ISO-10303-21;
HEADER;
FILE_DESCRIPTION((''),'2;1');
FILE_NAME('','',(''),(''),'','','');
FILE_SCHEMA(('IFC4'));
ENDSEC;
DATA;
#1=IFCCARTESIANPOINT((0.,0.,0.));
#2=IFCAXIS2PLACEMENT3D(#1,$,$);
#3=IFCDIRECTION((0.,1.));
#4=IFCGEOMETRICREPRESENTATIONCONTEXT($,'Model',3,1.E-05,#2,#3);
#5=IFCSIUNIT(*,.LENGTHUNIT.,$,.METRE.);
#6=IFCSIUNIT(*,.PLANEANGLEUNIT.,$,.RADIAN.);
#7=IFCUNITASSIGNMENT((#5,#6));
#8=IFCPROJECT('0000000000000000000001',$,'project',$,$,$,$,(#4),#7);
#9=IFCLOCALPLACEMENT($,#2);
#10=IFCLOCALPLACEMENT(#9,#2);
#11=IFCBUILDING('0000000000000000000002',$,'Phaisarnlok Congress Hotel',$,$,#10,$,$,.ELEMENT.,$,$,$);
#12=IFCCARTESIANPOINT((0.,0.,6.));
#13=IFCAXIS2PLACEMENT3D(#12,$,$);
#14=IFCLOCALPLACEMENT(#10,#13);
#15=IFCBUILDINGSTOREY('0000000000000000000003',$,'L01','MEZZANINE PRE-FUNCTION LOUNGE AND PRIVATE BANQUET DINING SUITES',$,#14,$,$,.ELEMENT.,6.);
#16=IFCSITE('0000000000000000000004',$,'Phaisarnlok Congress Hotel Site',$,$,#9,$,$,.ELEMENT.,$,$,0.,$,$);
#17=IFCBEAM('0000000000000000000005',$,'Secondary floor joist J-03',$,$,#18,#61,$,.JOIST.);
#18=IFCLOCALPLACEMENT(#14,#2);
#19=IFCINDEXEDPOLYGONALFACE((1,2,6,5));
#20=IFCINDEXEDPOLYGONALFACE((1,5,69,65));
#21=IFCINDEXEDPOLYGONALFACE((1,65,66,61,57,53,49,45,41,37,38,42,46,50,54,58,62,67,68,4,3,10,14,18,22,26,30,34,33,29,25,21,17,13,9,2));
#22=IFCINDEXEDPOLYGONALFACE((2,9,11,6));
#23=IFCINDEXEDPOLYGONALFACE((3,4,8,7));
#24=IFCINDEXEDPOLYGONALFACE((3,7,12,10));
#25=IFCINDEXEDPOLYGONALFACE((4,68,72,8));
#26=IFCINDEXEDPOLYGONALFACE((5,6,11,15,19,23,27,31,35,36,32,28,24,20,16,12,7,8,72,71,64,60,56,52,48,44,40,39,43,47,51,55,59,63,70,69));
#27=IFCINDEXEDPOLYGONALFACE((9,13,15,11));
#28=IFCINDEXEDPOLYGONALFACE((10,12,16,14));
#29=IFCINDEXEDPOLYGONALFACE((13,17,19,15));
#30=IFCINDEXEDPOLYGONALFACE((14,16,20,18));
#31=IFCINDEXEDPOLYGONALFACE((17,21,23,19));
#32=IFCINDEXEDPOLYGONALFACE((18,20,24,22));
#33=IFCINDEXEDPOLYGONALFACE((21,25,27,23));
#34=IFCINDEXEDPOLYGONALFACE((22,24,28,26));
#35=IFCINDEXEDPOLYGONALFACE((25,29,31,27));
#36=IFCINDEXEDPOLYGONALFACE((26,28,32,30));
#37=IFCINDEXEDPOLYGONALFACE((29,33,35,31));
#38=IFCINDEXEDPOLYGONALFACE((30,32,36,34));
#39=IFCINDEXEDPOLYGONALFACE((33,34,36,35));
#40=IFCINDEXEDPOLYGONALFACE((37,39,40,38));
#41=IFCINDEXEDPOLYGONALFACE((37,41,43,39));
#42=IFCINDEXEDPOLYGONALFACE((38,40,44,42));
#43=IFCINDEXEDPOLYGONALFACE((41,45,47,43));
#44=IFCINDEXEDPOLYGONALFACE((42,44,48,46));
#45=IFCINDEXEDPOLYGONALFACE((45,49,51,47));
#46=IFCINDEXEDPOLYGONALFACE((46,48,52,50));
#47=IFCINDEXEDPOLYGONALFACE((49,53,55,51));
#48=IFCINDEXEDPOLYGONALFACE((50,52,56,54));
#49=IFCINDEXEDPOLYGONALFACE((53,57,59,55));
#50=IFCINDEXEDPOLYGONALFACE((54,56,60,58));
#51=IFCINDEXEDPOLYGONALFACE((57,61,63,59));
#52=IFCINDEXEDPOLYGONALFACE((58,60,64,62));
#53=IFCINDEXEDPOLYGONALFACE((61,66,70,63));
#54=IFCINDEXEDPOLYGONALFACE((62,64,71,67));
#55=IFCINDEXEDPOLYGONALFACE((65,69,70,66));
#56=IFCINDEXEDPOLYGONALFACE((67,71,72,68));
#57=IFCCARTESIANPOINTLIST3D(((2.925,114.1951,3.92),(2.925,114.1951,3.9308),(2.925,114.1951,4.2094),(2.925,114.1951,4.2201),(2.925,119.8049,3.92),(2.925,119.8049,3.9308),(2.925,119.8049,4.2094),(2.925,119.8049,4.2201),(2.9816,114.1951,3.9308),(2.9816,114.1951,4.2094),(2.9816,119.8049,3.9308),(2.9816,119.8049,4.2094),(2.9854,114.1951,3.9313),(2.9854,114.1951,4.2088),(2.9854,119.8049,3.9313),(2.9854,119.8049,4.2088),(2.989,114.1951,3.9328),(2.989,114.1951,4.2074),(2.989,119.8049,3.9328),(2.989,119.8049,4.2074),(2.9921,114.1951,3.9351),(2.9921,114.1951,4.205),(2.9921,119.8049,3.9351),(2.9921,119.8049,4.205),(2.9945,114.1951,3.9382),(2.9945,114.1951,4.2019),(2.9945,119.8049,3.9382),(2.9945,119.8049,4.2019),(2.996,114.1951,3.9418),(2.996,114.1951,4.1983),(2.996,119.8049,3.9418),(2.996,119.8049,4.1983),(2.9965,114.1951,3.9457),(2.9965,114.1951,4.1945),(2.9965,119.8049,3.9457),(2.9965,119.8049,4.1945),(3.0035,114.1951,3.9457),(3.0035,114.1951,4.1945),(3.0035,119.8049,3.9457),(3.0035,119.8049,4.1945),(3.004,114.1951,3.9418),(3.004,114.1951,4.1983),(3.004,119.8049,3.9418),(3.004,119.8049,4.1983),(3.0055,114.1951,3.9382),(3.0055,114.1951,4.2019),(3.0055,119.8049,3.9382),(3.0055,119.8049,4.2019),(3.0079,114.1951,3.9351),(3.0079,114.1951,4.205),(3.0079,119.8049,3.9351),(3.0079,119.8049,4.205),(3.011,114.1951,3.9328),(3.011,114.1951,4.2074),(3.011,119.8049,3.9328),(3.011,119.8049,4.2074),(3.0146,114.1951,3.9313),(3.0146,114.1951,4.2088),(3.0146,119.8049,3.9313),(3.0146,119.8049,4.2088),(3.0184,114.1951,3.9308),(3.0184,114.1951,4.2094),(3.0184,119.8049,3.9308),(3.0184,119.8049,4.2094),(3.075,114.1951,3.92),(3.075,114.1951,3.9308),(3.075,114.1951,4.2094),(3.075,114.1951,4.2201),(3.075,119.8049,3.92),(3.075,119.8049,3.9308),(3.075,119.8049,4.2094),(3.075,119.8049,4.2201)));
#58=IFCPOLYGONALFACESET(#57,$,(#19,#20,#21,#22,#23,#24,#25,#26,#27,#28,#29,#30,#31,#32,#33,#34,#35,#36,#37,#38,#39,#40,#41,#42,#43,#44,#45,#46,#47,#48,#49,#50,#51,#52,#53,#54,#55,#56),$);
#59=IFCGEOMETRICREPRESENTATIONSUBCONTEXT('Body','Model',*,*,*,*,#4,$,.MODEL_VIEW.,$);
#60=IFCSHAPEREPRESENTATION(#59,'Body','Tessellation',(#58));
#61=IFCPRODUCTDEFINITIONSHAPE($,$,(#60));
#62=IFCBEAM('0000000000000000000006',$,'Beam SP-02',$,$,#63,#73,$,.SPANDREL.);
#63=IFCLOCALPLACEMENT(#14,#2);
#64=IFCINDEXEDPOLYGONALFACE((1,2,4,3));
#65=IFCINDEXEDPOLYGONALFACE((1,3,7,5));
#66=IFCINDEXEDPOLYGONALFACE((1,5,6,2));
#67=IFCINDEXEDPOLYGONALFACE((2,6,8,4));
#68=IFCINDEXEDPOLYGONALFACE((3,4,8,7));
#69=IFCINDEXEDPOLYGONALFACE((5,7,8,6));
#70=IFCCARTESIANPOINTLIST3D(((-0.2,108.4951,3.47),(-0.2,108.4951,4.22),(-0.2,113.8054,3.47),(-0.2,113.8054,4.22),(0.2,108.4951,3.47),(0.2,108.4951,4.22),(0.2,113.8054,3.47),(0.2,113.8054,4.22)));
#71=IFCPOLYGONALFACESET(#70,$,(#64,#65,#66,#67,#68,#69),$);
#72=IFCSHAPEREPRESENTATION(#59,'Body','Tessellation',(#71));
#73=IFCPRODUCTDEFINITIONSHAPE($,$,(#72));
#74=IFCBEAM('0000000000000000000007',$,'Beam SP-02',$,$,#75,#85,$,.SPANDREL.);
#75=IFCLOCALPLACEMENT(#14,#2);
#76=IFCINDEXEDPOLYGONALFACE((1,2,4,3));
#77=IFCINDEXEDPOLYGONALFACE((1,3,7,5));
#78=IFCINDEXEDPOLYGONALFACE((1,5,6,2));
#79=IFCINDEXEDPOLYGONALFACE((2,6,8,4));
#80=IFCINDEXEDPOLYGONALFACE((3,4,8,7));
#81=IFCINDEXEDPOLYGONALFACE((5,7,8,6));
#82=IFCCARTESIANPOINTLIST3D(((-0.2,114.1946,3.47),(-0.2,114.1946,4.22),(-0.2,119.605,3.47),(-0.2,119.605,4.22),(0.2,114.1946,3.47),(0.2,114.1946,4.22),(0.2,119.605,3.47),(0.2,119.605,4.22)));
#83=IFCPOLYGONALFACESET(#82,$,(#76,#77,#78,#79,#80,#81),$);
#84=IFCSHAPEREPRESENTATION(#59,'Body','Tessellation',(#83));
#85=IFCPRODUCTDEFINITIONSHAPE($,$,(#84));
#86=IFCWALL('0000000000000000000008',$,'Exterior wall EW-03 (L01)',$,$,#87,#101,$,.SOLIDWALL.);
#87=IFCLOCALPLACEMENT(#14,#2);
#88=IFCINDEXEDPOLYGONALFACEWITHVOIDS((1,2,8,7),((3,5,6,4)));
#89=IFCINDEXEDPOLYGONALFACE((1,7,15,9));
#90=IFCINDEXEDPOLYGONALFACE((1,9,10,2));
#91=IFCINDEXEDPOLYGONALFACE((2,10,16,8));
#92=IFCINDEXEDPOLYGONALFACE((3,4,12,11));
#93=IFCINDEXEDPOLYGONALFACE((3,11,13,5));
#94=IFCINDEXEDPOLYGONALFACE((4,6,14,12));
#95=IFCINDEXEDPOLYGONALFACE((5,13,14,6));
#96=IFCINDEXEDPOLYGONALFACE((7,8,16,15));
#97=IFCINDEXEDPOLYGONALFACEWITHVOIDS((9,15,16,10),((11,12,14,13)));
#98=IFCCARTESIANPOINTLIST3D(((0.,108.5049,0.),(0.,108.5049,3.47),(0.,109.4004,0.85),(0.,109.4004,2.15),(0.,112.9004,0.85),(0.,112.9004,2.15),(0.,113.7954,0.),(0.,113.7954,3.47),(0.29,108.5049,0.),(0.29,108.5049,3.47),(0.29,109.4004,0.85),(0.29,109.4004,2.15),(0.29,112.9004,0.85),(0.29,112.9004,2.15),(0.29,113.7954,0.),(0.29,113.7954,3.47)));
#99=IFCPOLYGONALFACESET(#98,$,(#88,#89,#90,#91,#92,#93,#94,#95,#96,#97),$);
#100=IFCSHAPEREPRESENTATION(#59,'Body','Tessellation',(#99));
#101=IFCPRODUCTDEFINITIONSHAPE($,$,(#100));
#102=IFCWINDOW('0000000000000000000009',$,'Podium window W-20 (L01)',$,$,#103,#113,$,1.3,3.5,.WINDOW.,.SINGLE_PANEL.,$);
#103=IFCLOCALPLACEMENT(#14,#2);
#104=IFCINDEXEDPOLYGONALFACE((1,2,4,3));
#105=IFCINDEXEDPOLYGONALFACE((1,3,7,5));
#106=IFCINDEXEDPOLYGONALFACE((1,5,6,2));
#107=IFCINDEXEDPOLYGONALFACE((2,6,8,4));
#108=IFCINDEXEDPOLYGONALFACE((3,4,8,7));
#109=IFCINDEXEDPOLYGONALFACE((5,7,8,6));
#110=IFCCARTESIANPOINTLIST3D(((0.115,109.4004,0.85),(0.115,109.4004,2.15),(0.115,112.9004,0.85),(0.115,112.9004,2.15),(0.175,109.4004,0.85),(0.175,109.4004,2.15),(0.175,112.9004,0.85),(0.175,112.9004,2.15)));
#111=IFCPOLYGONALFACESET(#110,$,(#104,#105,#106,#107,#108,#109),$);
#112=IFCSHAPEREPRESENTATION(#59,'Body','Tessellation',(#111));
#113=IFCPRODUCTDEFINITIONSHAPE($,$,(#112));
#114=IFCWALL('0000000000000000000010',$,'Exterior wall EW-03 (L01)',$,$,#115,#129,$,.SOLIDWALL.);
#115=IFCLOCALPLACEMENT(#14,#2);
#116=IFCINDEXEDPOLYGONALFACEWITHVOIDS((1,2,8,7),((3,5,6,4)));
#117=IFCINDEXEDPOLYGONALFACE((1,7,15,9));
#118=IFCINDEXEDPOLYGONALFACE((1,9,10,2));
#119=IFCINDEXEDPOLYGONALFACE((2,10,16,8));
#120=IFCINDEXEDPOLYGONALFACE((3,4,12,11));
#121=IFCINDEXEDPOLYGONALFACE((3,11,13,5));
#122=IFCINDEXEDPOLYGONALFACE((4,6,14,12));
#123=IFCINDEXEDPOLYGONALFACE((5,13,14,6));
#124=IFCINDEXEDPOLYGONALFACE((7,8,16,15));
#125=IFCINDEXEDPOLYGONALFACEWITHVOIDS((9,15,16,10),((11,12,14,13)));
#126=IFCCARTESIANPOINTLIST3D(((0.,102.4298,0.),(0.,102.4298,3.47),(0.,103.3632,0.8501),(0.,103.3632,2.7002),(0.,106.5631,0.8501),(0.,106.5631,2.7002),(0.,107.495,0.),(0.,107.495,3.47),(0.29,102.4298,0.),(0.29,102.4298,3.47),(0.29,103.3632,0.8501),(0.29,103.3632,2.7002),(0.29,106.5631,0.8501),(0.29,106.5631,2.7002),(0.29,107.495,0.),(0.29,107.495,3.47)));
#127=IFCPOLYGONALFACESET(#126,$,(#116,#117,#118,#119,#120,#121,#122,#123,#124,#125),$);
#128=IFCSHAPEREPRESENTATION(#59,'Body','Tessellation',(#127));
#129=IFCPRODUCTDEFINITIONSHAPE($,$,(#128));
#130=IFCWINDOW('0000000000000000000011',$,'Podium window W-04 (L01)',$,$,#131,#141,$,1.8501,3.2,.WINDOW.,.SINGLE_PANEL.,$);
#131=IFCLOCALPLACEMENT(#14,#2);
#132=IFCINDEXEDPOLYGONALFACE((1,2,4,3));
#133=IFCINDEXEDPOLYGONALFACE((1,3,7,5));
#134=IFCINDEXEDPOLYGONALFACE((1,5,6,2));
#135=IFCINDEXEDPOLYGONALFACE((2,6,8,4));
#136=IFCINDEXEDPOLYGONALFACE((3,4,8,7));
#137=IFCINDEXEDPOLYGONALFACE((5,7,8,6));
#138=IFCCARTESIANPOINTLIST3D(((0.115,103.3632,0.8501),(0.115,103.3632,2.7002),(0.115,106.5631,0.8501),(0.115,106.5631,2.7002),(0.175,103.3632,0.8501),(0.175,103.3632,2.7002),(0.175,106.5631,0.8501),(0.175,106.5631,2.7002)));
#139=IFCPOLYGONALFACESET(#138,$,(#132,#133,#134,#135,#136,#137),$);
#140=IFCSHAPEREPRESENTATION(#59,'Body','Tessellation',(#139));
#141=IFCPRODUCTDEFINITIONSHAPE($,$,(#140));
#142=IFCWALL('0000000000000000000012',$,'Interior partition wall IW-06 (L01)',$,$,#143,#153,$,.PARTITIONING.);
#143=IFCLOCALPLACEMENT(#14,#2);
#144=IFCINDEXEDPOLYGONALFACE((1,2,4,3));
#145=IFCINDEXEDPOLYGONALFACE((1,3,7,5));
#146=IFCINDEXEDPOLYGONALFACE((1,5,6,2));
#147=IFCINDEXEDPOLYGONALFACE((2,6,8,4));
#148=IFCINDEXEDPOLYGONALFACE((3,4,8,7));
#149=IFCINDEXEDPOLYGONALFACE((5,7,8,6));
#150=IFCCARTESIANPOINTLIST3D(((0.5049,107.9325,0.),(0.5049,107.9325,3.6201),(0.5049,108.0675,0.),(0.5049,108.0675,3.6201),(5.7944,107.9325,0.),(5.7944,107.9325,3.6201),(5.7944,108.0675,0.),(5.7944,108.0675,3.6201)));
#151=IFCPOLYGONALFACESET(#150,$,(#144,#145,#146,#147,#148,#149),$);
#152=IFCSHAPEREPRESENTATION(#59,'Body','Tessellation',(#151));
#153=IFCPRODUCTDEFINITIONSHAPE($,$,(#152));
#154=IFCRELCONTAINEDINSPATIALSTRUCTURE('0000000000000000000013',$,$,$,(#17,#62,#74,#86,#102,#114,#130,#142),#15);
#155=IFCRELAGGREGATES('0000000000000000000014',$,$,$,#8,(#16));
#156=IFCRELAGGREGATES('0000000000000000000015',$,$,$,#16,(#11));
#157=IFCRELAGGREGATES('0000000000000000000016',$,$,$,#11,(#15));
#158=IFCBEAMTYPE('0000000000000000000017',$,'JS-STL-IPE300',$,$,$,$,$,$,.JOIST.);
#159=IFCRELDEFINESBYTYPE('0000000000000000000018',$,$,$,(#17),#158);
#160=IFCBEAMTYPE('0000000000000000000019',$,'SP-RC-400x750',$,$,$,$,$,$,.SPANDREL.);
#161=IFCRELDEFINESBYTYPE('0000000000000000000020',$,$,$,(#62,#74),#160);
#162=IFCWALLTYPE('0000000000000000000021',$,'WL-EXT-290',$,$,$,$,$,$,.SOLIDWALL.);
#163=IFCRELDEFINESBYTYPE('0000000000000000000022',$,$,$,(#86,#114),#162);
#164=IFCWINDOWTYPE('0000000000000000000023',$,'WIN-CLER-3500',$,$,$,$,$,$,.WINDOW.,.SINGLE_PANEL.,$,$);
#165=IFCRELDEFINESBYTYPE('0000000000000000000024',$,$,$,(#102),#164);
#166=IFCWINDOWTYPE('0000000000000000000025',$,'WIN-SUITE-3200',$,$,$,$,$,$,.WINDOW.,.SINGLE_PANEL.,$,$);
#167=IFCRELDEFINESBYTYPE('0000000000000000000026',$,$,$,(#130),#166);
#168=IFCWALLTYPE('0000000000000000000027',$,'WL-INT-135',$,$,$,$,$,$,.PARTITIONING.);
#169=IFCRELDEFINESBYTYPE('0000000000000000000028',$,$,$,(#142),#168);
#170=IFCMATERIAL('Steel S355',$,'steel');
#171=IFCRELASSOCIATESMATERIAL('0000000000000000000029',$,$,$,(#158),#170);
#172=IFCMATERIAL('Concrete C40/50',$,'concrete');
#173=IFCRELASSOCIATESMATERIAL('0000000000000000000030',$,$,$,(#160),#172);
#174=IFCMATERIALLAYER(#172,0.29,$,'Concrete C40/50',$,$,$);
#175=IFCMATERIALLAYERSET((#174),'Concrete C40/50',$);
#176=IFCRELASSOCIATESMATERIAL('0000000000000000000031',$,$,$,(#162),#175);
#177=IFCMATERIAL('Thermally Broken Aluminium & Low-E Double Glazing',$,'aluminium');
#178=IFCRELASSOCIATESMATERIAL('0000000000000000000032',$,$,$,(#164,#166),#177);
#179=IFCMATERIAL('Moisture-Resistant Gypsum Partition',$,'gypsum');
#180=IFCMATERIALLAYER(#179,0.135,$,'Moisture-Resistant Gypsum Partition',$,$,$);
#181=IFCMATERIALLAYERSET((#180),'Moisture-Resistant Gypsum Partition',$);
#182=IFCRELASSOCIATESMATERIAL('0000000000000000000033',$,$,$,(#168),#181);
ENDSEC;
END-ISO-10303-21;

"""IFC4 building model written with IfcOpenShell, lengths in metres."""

from ifc_helpers import new_model, si_unit, direction, frame, frame_2d, origin, origin_2d, place, context, subcontext, project, spatial, rectangle, i_section, extrude, material, layer, layer_set, material_profile, profile_set, type_object, element, fill, save


model = new_model("IFC4")

# Units and contexts
model_context = context("Model", 3, precision=1e-05, world=origin(), true_north=direction((0.0, 1.0)))
body_context = subcontext(model_context, "Body", "Model", "MODEL_VIEW")
ifc_project = project(units=[si_unit("LENGTHUNIT", "METRE"), si_unit("PLANEANGLEUNIT", "RADIAN")], contexts=[model_context])

# Site, building, storey
site_placement = place(None, origin())
site = spatial("IfcSite", under=ifc_project, at=site_placement, Name="Phaisarnlok Congress Hotel Site", CompositionType="ELEMENT", RefElevation=0.0)
building_placement = place(site_placement, origin())
building = spatial("IfcBuilding", under=site, at=building_placement, Name="Phaisarnlok Congress Hotel", CompositionType="ELEMENT")
storey_placement = place(building_placement, frame((0.0, 0.0, 6.0)))
storey = spatial("IfcBuildingStorey", under=building, at=storey_placement, Name="L01", Description="MEZZANINE PRE-FUNCTION LOUNGE AND PRIVATE BANQUET DINING SUITES", CompositionType="ELEMENT", Elevation=6.0)

# Shared definitions
ifc_material_1 = material(Name="Steel S355", Category="steel")

# Beams
ifc_material_2 = material(Name="Concrete C40/50", Category="concrete")
ifc_material_profile_1 = material_profile(ifc_material_1, i_section(OverallWidth=0.1499, OverallDepth=0.3, WebThickness=0.0071, FlangeThickness=0.0107, FilletRadius=0.0149, at=origin_2d()), Name="IPE 300")
ifc_profile_set_1 = profile_set([ifc_material_profile_1], Name="Steel S355")
beam_type_1 = type_object("IfcBeamType", Name="JS-STL-IPE300", PredefinedType="JOIST", material=ifc_profile_set_1)
for number, where, z_axis, x_axis, name in (
    (1, (3.0, 114.1951, 4.0701), (0.0, 1.0, 0.0), (-1.0, 0.0, 0.0), "Secondary floor joist J-03"),
):
    element("IfcBeam", number, at=place(storey_placement, frame(where, z_axis=z_axis, x_axis=x_axis)), inside=storey, type_object=beam_type_1, Name=name, PredefinedType="JOIST", context=body_context, shape_type="SweptSolid", body=[
        extrude(i_section(OverallWidth=0.1499, OverallDepth=0.3, WebThickness=0.0071, FlangeThickness=0.0107, FilletRadius=0.0149, at=origin_2d()), origin(), (0.0, 0.0, 1.0), 5.6099),
    ])
ifc_material_profile_2 = material_profile(ifc_material_2, rectangle(XDim=0.3999, YDim=0.75, at=origin_2d()), Name="RC 400x750")
ifc_profile_set_2 = profile_set([ifc_material_profile_2], Name="Concrete C40/50")
beam_type_2 = type_object("IfcBeamType", Name="SP-RC-400x750", PredefinedType="SPANDREL", material=ifc_profile_set_2)
beam_1_placement = place(storey_placement, frame((0.0, 108.4951, 3.845), z_axis=(0.0, 1.0, 0.0), x_axis=(-1.0, 0.0, 0.0)))
element("IfcBeam", 2, at=beam_1_placement, inside=storey, type_object=beam_type_2, Name="Beam SP-02", PredefinedType="SPANDREL", context=body_context, shape_type="SweptSolid", body=[
    extrude(rectangle(XDim=0.3999, YDim=0.75, at=origin_2d()), origin(), (0.0, 0.0, 1.0), 5.3103),
])
beam_2_placement = place(storey_placement, frame((0.0, 114.1946, 3.845), z_axis=(0.0, 1.0, 0.0), x_axis=(-1.0, 0.0, 0.0)))
element("IfcBeam", 3, at=beam_2_placement, inside=storey, type_object=beam_type_2, Name="Beam SP-02", PredefinedType="SPANDREL", context=body_context, shape_type="SweptSolid", body=[
    extrude(rectangle(XDim=0.3999, YDim=0.75, at=origin_2d()), origin(), (0.0, 0.0, 1.0), 5.4104),
])

# Walls, openings, windows
ifc_layer_1 = layer(ifc_material_2, 0.29, Name="Concrete C40/50")
ifc_layer_set_1 = layer_set([ifc_layer_1], Name="Concrete C40/50")
wall_type_1 = type_object("IfcWallType", Name="WL-EXT-290", PredefinedType="SOLIDWALL", material=ifc_layer_set_1)
wall_1_placement = place(storey_placement, frame((0.145, 113.7954, 0.0), z_axis=(0.0, 0.0, 1.0), x_axis=(0.0, -1.0, 0.0)))
wall_1 = element("IfcWall", 4, at=wall_1_placement, inside=storey, type_object=wall_type_1, Name="Exterior wall EW-03 (L01)", PredefinedType="SOLIDWALL", context=body_context, shape_type="SweptSolid", body=[
    extrude(rectangle(XDim=5.2905, YDim=0.29, at=frame_2d((2.6453, 0.0))), origin(), (0.0, 0.0, 1.0), 3.47),
])
opening_1_placement = place(wall_1_placement, frame((0.895, 0.0, 0.8501)))
opening_1 = element("IfcOpeningElement", 5, at=opening_1_placement, cuts=wall_1, PredefinedType="OPENING", context=body_context, shape_type="SweptSolid", body=[
    extrude(rectangle(XDim=3.5, YDim=1.3, at=frame_2d((1.75, 0.6499))), frame((0.0, 0.155, 0.0), z_axis=(0.0, -1.0, 0.0), x_axis=(1.0, 0.0, 0.0)), (0.0, 0.0, 1.0), 0.3101),
])
ifc_material_3 = material(Name="Thermally Broken Aluminium & Low-E Double Glazing", Category="aluminium")
window_type_1 = type_object("IfcWindowType", Name="WIN-CLER-3500", PartitioningType="SINGLE_PANEL", PredefinedType="WINDOW", material=ifc_material_3)
window_1_placement = place(opening_1_placement, origin())
window_1 = element("IfcWindow", 6, at=window_1_placement, inside=storey, type_object=window_type_1, Name="Podium window W-20 (L01)", OverallHeight=1.3, OverallWidth=3.5, PartitioningType="SINGLE_PANEL", PredefinedType="WINDOW", context=body_context, shape_type="SweptSolid", body=[
    extrude(rectangle(XDim=3.5, YDim=1.3, at=frame_2d((1.75, 0.6499))), frame((0.0, 0.03, 0.0), z_axis=(0.0, -1.0, 0.0), x_axis=(1.0, 0.0, 0.0)), (0.0, 0.0, 1.0), 0.0601),
])
fill(opening_1, window_1)
wall_2_placement = place(storey_placement, frame((0.145, 107.4951, 0.0), z_axis=(0.0, 0.0, 1.0), x_axis=(0.0, -1.0, 0.0)))
wall_2 = element("IfcWall", 7, at=wall_2_placement, inside=storey, type_object=wall_type_1, Name="Exterior wall EW-03 (L01)", PredefinedType="SOLIDWALL", context=body_context, shape_type="SweptSolid", body=[
    extrude(rectangle(XDim=5.0652, YDim=0.29, at=frame_2d((2.5327, 0.0))), origin(), (0.0, 0.0, 1.0), 3.47),
])
opening_2_placement = place(wall_2_placement, frame((0.9319, 0.0, 0.8501)))
opening_2 = element("IfcOpeningElement", 8, at=opening_2_placement, cuts=wall_2, PredefinedType="OPENING", context=body_context, shape_type="SweptSolid", body=[
    extrude(rectangle(XDim=3.2, YDim=1.8501, at=frame_2d((1.6001, 0.925))), frame((0.0, 0.155, 0.0), z_axis=(0.0, -1.0, 0.0), x_axis=(1.0, 0.0, 0.0)), (0.0, 0.0, 1.0), 0.3101),
])
window_type_2 = type_object("IfcWindowType", Name="WIN-SUITE-3200", PartitioningType="SINGLE_PANEL", PredefinedType="WINDOW", material=ifc_material_3)
window_2_placement = place(opening_2_placement, origin())
window_2 = element("IfcWindow", 9, at=window_2_placement, inside=storey, type_object=window_type_2, Name="Podium window W-04 (L01)", OverallHeight=1.8501, OverallWidth=3.2, PartitioningType="SINGLE_PANEL", PredefinedType="WINDOW", context=body_context, shape_type="SweptSolid", body=[
    extrude(rectangle(XDim=3.2, YDim=1.8501, at=frame_2d((1.6001, 0.925))), frame((0.0, 0.03, 0.0), z_axis=(0.0, -1.0, 0.0), x_axis=(1.0, 0.0, 0.0)), (0.0, 0.0, 1.0), 0.0601),
])
fill(opening_2, window_2)

# Wall
ifc_material_4 = material(Name="Moisture-Resistant Gypsum Partition", Category="gypsum")
ifc_layer_2 = layer(ifc_material_4, 0.135, Name="Moisture-Resistant Gypsum Partition")
ifc_layer_set_2 = layer_set([ifc_layer_2], Name="Moisture-Resistant Gypsum Partition")
wall_type_2 = type_object("IfcWallType", Name="WL-INT-135", PredefinedType="PARTITIONING", material=ifc_layer_set_2)
wall_3_placement = place(storey_placement, frame((0.5049, 108.0, 0.0), z_axis=(0.0, 0.0, 1.0), x_axis=(1.0, 0.0, 0.0)))
element("IfcWall", 10, at=wall_3_placement, inside=storey, type_object=wall_type_2, Name="Interior partition wall IW-06 (L01)", PredefinedType="PARTITIONING", context=body_context, shape_type="SweptSolid", body=[
    extrude(rectangle(XDim=5.2896, YDim=0.135, at=frame_2d((2.6448, 0.0))), origin(), (0.0, 0.0, 1.0), 3.6201),
])

save(model, "model.ifc")
